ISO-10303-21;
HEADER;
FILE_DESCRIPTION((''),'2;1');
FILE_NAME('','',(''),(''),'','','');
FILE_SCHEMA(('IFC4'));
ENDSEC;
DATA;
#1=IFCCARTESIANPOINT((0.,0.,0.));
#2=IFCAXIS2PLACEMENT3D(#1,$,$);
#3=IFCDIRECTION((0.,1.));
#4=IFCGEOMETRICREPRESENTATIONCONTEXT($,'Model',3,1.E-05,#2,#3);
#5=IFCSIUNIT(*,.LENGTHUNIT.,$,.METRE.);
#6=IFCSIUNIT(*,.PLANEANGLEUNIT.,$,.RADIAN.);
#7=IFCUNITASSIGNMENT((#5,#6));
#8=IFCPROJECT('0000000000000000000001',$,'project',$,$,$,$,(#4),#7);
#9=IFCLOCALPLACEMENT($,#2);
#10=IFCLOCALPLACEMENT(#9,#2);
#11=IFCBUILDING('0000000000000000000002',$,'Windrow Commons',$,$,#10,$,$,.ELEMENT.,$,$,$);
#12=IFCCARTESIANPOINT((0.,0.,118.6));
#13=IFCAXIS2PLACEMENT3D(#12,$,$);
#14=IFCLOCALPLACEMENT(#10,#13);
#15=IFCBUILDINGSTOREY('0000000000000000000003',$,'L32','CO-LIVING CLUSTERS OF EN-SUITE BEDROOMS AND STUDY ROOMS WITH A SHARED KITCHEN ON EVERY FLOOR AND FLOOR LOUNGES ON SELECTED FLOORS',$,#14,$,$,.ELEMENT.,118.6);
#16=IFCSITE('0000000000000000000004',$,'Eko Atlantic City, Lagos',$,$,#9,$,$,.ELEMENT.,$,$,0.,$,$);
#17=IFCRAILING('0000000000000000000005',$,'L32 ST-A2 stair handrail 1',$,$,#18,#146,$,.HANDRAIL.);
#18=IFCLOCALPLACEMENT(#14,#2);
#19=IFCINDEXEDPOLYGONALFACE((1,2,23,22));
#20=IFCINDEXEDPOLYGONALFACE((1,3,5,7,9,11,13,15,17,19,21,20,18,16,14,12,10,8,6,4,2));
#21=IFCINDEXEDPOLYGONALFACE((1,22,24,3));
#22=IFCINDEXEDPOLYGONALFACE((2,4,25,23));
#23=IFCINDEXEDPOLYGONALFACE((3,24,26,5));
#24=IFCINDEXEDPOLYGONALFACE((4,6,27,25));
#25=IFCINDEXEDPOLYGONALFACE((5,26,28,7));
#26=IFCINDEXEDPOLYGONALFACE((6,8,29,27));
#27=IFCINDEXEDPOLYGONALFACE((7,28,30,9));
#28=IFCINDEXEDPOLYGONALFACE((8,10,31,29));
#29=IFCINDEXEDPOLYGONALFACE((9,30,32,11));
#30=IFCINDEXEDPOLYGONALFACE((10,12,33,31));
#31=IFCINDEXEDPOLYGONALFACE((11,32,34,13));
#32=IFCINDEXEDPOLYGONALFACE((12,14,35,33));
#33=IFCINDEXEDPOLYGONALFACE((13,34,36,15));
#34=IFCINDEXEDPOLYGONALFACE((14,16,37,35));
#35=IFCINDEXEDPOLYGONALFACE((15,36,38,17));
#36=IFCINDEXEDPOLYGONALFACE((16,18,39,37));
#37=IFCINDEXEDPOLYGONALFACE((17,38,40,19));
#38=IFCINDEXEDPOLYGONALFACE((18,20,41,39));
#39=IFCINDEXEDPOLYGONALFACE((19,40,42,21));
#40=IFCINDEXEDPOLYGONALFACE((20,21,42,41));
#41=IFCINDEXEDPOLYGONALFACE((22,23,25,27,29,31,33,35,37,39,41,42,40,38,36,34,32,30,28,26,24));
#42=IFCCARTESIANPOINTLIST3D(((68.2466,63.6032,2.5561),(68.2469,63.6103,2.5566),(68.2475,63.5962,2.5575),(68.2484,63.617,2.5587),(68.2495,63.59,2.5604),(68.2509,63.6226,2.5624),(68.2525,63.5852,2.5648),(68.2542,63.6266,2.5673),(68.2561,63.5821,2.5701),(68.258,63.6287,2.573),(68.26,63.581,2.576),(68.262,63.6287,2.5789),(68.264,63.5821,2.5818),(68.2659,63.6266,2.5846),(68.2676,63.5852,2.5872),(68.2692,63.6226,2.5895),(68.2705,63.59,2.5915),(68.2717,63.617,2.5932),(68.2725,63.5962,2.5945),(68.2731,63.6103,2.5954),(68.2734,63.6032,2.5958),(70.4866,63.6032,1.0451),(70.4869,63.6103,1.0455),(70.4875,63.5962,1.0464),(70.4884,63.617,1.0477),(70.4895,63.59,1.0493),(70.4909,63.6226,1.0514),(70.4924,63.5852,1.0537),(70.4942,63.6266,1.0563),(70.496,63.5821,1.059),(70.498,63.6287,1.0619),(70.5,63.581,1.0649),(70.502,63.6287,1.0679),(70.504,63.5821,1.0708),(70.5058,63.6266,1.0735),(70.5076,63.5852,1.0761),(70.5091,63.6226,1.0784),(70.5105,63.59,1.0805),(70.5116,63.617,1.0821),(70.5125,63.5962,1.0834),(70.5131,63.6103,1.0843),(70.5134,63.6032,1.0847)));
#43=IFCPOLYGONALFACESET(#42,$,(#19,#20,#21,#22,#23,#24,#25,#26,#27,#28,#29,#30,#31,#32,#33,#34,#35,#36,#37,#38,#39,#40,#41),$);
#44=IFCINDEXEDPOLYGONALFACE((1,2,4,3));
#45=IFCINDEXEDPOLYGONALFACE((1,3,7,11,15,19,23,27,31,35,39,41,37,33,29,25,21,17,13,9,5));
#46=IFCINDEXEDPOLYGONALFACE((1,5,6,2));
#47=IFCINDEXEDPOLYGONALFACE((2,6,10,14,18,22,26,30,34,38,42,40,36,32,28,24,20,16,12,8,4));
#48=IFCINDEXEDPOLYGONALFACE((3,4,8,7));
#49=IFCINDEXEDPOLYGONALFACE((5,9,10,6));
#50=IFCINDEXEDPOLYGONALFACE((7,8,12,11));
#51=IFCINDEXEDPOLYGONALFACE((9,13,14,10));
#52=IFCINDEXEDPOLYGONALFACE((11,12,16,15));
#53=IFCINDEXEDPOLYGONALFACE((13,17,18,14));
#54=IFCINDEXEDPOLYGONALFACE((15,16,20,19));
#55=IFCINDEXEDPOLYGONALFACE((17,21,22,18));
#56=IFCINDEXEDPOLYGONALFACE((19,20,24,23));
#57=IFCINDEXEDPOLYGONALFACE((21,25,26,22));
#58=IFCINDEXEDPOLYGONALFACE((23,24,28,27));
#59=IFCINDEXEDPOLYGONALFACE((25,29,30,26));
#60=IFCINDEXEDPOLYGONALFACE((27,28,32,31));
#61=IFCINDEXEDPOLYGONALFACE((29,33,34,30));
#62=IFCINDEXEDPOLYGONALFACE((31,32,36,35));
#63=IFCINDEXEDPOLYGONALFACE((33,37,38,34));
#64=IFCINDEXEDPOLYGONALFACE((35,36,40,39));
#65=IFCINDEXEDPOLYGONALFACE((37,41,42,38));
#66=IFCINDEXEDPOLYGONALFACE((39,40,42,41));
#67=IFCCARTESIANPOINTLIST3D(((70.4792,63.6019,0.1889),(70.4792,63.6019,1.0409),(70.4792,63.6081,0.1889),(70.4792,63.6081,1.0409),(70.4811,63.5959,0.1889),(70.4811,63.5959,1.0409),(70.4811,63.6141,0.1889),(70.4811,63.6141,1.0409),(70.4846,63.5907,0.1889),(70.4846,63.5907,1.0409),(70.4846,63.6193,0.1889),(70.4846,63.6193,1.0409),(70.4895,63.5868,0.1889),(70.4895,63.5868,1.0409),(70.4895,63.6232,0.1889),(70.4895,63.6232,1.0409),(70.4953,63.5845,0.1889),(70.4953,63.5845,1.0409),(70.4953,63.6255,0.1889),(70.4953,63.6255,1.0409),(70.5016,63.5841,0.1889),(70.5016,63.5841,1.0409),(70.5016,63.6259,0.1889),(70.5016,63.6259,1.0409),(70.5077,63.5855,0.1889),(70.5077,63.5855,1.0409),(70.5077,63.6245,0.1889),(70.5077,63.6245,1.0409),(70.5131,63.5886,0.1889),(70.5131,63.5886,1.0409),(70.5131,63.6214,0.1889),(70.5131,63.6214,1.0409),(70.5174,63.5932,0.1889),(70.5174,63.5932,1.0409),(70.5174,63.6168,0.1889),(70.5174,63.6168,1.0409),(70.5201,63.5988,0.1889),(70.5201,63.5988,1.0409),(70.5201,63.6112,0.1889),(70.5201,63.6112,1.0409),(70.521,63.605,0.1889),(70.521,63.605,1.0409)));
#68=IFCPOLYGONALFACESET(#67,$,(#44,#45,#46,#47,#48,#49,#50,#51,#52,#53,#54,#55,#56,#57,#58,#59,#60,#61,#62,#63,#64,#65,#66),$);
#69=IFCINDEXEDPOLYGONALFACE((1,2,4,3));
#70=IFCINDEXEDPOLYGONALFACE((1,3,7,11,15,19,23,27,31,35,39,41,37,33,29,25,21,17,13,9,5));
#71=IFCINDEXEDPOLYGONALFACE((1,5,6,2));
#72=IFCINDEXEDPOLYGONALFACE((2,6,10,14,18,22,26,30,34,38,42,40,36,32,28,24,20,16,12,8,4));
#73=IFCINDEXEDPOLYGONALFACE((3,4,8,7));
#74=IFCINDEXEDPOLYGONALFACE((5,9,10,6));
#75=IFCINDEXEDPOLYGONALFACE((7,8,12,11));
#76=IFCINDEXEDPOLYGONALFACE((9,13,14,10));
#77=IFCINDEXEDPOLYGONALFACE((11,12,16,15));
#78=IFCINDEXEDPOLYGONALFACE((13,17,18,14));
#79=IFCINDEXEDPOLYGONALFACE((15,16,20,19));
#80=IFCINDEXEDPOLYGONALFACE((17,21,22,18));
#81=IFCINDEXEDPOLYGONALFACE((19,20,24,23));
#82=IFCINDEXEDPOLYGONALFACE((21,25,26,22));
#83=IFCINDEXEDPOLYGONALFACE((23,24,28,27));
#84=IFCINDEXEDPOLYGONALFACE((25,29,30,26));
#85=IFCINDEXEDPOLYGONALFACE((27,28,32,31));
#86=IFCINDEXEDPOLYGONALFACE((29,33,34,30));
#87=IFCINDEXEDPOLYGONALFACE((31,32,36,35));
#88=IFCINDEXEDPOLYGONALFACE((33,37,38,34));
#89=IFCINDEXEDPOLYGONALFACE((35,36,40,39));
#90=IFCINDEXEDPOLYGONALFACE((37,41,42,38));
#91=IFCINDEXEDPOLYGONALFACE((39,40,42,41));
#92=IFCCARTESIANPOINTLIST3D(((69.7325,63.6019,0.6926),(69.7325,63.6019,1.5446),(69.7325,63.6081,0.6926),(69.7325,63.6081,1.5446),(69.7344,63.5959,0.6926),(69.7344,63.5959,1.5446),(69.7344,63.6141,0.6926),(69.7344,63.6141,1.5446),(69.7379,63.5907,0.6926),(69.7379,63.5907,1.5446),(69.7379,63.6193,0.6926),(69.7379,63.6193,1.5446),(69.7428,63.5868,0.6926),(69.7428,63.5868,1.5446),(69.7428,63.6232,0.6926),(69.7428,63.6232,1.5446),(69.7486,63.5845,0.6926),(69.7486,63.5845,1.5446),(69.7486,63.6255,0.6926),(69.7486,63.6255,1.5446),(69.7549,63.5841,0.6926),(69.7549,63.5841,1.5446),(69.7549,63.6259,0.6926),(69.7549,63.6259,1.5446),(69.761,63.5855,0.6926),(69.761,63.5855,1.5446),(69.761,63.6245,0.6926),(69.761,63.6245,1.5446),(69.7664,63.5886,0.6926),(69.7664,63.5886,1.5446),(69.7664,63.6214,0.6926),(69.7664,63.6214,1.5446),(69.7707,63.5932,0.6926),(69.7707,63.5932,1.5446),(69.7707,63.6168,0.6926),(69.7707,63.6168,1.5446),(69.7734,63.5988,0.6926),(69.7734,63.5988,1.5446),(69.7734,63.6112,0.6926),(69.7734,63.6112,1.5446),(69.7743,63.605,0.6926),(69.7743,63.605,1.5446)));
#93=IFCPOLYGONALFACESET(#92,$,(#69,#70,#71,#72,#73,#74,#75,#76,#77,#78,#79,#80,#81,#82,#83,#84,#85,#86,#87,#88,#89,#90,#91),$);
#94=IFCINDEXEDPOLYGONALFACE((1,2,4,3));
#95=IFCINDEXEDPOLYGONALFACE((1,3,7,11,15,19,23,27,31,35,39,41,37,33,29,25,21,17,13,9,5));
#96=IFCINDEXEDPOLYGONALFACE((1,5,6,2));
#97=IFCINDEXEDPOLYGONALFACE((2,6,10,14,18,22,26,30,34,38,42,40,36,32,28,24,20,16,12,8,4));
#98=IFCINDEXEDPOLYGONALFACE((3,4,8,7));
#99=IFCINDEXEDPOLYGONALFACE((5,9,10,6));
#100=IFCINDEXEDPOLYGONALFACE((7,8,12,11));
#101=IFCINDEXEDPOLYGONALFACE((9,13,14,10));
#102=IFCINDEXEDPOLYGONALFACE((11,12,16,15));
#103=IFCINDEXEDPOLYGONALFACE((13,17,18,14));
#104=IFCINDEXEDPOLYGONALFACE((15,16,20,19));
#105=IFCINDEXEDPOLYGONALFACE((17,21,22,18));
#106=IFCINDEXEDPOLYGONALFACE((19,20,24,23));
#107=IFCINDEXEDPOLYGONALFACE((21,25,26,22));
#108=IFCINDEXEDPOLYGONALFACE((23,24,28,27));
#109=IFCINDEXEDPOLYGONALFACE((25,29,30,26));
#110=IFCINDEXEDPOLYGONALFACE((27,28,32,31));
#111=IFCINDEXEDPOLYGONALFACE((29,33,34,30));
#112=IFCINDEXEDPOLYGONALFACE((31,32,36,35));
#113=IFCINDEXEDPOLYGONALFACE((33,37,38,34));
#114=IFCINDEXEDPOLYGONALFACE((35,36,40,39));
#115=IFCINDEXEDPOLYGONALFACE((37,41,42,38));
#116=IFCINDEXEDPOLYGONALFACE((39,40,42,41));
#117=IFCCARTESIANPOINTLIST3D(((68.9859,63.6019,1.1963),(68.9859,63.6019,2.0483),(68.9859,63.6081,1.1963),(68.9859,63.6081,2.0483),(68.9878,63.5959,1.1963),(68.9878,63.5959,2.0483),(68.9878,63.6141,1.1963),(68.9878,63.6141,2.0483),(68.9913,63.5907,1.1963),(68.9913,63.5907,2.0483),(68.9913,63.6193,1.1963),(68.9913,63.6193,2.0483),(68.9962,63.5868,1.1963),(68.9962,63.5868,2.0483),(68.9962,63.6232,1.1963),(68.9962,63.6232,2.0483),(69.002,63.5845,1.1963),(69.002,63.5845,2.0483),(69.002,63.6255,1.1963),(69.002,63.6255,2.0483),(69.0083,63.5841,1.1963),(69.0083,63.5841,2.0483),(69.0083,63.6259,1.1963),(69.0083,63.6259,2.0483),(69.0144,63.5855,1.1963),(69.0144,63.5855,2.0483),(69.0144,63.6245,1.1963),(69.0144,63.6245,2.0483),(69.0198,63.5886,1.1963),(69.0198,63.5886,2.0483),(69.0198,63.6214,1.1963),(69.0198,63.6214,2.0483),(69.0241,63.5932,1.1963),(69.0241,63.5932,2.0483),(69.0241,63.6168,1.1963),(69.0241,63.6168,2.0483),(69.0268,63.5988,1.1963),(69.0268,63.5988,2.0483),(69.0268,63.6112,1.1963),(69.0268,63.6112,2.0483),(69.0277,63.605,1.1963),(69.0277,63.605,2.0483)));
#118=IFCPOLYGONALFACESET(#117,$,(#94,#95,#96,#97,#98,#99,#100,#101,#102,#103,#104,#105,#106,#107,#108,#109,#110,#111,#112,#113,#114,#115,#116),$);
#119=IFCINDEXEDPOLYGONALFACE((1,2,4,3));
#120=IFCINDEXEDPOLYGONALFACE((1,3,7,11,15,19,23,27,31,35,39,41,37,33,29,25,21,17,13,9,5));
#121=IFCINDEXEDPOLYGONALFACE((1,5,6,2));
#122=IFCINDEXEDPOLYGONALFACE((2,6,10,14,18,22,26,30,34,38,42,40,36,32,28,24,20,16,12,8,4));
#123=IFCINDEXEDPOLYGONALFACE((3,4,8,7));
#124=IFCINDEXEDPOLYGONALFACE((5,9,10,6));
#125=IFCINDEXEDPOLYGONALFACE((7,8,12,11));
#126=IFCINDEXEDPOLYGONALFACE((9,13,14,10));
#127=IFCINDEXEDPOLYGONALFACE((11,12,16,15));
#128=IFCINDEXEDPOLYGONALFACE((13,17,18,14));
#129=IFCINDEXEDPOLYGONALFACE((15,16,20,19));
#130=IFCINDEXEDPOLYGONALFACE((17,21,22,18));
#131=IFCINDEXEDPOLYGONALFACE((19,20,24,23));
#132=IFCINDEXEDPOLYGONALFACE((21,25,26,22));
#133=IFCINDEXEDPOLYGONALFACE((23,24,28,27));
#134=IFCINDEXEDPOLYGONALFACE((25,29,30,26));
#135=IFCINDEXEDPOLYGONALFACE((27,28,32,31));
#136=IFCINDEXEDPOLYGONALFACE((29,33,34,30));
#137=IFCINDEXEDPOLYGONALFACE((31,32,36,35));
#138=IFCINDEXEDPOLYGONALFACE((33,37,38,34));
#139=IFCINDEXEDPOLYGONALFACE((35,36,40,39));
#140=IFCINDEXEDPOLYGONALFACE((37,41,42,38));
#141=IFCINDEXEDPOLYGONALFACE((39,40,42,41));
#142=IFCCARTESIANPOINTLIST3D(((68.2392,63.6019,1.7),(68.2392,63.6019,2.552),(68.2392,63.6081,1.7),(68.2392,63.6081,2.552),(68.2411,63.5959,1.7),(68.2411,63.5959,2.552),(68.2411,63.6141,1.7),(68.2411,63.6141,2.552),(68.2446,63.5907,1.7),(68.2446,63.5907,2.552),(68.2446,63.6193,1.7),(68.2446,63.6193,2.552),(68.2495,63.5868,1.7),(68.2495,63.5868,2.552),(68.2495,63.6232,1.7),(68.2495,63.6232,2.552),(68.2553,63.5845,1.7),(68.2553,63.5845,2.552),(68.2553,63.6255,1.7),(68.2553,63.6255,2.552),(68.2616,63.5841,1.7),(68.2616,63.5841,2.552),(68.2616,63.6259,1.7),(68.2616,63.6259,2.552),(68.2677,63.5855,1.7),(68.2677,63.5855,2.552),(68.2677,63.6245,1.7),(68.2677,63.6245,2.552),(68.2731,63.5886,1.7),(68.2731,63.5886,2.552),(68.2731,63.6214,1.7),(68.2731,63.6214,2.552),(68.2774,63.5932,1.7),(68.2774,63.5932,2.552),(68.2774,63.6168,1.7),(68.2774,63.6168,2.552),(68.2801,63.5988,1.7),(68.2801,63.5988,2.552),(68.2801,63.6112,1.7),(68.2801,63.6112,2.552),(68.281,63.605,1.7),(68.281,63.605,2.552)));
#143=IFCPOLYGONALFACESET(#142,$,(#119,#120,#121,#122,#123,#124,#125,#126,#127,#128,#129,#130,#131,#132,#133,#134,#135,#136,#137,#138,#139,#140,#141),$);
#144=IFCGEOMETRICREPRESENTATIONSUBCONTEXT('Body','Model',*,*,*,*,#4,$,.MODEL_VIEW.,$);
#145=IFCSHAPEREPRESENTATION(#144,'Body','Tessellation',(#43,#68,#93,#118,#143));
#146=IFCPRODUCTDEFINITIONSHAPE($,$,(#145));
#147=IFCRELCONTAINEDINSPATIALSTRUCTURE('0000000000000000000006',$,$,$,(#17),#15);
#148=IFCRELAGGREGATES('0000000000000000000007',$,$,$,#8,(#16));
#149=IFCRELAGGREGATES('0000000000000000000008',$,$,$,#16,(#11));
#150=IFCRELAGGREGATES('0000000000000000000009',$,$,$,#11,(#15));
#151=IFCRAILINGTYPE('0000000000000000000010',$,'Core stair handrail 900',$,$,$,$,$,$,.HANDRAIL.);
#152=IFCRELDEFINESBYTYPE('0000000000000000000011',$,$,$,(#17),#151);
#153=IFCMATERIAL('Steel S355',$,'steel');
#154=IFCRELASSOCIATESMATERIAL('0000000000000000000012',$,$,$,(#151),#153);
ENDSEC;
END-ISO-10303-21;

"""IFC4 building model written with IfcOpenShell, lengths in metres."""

from ifc_helpers import new_model, si_unit, direction, frame, origin, origin_2d, place, context, subcontext, project, spatial, circle, extrude, material, type_object, element, save


model = new_model("IFC4")

# Units and contexts
model_context = context("Model", 3, precision=1e-05, world=origin(), true_north=direction((0.0, 1.0)))
body_context = subcontext(model_context, "Body", "Model", "MODEL_VIEW")
ifc_project = project(units=[si_unit("LENGTHUNIT", "METRE"), si_unit("PLANEANGLEUNIT", "RADIAN")], contexts=[model_context])

# Site, building, storey
site_placement = place(None, origin())
site = spatial("IfcSite", under=ifc_project, at=site_placement, Name="Eko Atlantic City, Lagos", CompositionType="ELEMENT", RefElevation=0.0)
building_placement = place(site_placement, origin())
building = spatial("IfcBuilding", under=site, at=building_placement, Name="Windrow Commons", CompositionType="ELEMENT")
storey_placement = place(building_placement, frame((0.0, 0.0, 118.6)))
storey = spatial("IfcBuildingStorey", under=building, at=storey_placement, Name="L32", Description="CO-LIVING CLUSTERS OF EN-SUITE BEDROOMS AND STUDY ROOMS WITH A SHARED KITCHEN ON EVERY FLOOR AND FLOOR LOUNGES ON SELECTED FLOORS", CompositionType="ELEMENT", Elevation=118.6)

# Railing
ifc_material_1 = material(Name="Steel S355", Category="steel")
railing_type_1 = type_object("IfcRailingType", Name="Core stair handrail 900", PredefinedType="HANDRAIL", material=ifc_material_1)
railing_1_placement = place(storey_placement, frame((70.5, 63.605, 0.1889)))
element("IfcRailing", 1, at=railing_1_placement, inside=storey, type_object=railing_type_1, Name="L32 ST-A2 stair handrail 1", PredefinedType="HANDRAIL", context=body_context, shape_type="SweptSolid", body=[
    extrude(circle(Radius=0.024, at=origin_2d()), frame((0.0, 0.0, 0.876), z_axis=(-0.829003, 0.0, 0.559244), x_axis=(0.0, -1.0, 0.0)), (0.0, 0.0, 1.0), 2.702),
    extrude(circle(Radius=0.021, at=origin_2d()), origin(), (0.0, 0.0, 1.0), 0.852),
    extrude(circle(Radius=0.021, at=origin_2d()), frame((-0.7467, 0.0, 0.5037)), (0.0, 0.0, 1.0), 0.852),
    extrude(circle(Radius=0.021, at=origin_2d()), frame((-1.4933, 0.0, 1.0074)), (0.0, 0.0, 1.0), 0.852),
    extrude(circle(Radius=0.021, at=origin_2d()), frame((-2.24, 0.0, 1.5111)), (0.0, 0.0, 1.0), 0.852),
])

save(model, "model.ifc")
